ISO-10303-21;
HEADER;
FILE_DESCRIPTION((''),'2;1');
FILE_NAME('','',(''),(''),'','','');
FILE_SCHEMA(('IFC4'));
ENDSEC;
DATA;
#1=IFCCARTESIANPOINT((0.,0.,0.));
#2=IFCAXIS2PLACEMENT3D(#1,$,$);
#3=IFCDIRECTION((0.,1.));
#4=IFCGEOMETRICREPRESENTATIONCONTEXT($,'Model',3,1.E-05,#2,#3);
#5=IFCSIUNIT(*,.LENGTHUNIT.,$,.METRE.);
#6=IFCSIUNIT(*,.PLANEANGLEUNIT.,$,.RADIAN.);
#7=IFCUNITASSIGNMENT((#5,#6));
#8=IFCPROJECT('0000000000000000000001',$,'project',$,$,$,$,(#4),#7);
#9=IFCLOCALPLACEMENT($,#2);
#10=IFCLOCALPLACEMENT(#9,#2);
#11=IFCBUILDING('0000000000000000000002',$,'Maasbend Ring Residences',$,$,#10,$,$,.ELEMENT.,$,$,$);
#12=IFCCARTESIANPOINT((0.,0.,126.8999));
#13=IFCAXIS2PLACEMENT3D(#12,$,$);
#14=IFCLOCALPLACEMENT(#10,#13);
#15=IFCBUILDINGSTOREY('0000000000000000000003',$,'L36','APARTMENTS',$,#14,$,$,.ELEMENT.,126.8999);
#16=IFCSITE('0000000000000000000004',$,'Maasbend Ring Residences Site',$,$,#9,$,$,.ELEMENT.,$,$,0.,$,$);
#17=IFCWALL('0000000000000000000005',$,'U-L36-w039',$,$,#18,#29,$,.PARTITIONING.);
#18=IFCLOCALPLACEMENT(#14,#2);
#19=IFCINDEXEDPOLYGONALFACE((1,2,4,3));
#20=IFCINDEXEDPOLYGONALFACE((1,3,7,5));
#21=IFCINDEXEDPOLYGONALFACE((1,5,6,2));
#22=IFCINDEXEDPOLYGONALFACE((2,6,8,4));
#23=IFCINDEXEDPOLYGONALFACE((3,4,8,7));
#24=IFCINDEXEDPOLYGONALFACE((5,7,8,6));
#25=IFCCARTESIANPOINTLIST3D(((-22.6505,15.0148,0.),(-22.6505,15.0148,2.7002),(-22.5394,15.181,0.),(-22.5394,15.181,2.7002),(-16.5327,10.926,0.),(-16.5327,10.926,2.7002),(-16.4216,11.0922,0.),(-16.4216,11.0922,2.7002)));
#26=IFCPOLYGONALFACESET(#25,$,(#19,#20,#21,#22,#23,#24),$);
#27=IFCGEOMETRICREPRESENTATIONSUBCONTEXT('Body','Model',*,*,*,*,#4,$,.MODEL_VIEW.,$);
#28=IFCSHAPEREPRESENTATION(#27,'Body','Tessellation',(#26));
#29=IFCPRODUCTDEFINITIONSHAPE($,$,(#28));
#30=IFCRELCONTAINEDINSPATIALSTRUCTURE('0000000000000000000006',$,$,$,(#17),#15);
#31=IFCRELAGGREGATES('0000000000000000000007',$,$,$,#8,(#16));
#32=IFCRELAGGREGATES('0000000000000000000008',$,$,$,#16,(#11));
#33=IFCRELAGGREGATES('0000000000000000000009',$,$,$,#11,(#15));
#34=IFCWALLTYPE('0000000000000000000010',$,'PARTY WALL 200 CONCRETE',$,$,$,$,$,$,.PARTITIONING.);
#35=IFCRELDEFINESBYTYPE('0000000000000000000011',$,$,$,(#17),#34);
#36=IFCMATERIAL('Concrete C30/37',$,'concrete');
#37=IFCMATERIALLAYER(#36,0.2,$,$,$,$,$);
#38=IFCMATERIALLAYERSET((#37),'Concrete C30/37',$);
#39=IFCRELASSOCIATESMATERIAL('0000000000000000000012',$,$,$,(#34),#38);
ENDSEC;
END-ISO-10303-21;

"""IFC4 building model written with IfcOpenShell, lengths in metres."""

from ifc_helpers import new_model, si_unit, direction, frame, frame_2d, origin, place, context, subcontext, project, spatial, rectangle, extrude, material, layer, layer_set, type_object, element, save


model = new_model("IFC4")

# Units and contexts
model_context = context("Model", 3, precision=1e-05, world=origin(), true_north=direction((0.0, 1.0)))
body_context = subcontext(model_context, "Body", "Model", "MODEL_VIEW")
ifc_project = project(units=[si_unit("LENGTHUNIT", "METRE"), si_unit("PLANEANGLEUNIT", "RADIAN")], contexts=[model_context])

# Site, building, storey
site_placement = place(None, origin())
site = spatial("IfcSite", under=ifc_project, at=site_placement, Name="Maasbend Ring Residences Site", CompositionType="ELEMENT", RefElevation=0.0)
building_placement = place(site_placement, origin())
building = spatial("IfcBuilding", under=site, at=building_placement, Name="Maasbend Ring Residences", CompositionType="ELEMENT")
storey_placement = place(building_placement, frame((0.0, 0.0, 126.8999)))
storey = spatial("IfcBuildingStorey", under=building, at=storey_placement, Name="L36", Description="APARTMENTS", CompositionType="ELEMENT", Elevation=126.8999)

# Wall
ifc_material_1 = material(Name="Concrete C30/37", Category="concrete")
ifc_layer_1 = layer(ifc_material_1, 0.2)
ifc_layer_set_1 = layer_set([ifc_layer_1], Name="Concrete C30/37")
wall_type_1 = type_object("IfcWallType", Name="PARTY WALL 200 CONCRETE", PredefinedType="PARTITIONING", material=ifc_layer_set_1)
wall_1_placement = place(storey_placement, frame((-22.595, 15.0979, 0.0), z_axis=(0.0, 0.0, 1.0), x_axis=(0.831407, -0.555665, 0.0)))
element("IfcWall", 1, at=wall_1_placement, inside=storey, type_object=wall_type_1, Name="U-L36-w039", PredefinedType="PARTITIONING", context=body_context, shape_type="SweptSolid", body=[
    extrude(rectangle(XDim=7.3584, YDim=0.2, at=frame_2d((3.6792, 0.0))), origin(), (0.0, 0.0, 1.0), 2.7002),
])

save(model, "model.ifc")
